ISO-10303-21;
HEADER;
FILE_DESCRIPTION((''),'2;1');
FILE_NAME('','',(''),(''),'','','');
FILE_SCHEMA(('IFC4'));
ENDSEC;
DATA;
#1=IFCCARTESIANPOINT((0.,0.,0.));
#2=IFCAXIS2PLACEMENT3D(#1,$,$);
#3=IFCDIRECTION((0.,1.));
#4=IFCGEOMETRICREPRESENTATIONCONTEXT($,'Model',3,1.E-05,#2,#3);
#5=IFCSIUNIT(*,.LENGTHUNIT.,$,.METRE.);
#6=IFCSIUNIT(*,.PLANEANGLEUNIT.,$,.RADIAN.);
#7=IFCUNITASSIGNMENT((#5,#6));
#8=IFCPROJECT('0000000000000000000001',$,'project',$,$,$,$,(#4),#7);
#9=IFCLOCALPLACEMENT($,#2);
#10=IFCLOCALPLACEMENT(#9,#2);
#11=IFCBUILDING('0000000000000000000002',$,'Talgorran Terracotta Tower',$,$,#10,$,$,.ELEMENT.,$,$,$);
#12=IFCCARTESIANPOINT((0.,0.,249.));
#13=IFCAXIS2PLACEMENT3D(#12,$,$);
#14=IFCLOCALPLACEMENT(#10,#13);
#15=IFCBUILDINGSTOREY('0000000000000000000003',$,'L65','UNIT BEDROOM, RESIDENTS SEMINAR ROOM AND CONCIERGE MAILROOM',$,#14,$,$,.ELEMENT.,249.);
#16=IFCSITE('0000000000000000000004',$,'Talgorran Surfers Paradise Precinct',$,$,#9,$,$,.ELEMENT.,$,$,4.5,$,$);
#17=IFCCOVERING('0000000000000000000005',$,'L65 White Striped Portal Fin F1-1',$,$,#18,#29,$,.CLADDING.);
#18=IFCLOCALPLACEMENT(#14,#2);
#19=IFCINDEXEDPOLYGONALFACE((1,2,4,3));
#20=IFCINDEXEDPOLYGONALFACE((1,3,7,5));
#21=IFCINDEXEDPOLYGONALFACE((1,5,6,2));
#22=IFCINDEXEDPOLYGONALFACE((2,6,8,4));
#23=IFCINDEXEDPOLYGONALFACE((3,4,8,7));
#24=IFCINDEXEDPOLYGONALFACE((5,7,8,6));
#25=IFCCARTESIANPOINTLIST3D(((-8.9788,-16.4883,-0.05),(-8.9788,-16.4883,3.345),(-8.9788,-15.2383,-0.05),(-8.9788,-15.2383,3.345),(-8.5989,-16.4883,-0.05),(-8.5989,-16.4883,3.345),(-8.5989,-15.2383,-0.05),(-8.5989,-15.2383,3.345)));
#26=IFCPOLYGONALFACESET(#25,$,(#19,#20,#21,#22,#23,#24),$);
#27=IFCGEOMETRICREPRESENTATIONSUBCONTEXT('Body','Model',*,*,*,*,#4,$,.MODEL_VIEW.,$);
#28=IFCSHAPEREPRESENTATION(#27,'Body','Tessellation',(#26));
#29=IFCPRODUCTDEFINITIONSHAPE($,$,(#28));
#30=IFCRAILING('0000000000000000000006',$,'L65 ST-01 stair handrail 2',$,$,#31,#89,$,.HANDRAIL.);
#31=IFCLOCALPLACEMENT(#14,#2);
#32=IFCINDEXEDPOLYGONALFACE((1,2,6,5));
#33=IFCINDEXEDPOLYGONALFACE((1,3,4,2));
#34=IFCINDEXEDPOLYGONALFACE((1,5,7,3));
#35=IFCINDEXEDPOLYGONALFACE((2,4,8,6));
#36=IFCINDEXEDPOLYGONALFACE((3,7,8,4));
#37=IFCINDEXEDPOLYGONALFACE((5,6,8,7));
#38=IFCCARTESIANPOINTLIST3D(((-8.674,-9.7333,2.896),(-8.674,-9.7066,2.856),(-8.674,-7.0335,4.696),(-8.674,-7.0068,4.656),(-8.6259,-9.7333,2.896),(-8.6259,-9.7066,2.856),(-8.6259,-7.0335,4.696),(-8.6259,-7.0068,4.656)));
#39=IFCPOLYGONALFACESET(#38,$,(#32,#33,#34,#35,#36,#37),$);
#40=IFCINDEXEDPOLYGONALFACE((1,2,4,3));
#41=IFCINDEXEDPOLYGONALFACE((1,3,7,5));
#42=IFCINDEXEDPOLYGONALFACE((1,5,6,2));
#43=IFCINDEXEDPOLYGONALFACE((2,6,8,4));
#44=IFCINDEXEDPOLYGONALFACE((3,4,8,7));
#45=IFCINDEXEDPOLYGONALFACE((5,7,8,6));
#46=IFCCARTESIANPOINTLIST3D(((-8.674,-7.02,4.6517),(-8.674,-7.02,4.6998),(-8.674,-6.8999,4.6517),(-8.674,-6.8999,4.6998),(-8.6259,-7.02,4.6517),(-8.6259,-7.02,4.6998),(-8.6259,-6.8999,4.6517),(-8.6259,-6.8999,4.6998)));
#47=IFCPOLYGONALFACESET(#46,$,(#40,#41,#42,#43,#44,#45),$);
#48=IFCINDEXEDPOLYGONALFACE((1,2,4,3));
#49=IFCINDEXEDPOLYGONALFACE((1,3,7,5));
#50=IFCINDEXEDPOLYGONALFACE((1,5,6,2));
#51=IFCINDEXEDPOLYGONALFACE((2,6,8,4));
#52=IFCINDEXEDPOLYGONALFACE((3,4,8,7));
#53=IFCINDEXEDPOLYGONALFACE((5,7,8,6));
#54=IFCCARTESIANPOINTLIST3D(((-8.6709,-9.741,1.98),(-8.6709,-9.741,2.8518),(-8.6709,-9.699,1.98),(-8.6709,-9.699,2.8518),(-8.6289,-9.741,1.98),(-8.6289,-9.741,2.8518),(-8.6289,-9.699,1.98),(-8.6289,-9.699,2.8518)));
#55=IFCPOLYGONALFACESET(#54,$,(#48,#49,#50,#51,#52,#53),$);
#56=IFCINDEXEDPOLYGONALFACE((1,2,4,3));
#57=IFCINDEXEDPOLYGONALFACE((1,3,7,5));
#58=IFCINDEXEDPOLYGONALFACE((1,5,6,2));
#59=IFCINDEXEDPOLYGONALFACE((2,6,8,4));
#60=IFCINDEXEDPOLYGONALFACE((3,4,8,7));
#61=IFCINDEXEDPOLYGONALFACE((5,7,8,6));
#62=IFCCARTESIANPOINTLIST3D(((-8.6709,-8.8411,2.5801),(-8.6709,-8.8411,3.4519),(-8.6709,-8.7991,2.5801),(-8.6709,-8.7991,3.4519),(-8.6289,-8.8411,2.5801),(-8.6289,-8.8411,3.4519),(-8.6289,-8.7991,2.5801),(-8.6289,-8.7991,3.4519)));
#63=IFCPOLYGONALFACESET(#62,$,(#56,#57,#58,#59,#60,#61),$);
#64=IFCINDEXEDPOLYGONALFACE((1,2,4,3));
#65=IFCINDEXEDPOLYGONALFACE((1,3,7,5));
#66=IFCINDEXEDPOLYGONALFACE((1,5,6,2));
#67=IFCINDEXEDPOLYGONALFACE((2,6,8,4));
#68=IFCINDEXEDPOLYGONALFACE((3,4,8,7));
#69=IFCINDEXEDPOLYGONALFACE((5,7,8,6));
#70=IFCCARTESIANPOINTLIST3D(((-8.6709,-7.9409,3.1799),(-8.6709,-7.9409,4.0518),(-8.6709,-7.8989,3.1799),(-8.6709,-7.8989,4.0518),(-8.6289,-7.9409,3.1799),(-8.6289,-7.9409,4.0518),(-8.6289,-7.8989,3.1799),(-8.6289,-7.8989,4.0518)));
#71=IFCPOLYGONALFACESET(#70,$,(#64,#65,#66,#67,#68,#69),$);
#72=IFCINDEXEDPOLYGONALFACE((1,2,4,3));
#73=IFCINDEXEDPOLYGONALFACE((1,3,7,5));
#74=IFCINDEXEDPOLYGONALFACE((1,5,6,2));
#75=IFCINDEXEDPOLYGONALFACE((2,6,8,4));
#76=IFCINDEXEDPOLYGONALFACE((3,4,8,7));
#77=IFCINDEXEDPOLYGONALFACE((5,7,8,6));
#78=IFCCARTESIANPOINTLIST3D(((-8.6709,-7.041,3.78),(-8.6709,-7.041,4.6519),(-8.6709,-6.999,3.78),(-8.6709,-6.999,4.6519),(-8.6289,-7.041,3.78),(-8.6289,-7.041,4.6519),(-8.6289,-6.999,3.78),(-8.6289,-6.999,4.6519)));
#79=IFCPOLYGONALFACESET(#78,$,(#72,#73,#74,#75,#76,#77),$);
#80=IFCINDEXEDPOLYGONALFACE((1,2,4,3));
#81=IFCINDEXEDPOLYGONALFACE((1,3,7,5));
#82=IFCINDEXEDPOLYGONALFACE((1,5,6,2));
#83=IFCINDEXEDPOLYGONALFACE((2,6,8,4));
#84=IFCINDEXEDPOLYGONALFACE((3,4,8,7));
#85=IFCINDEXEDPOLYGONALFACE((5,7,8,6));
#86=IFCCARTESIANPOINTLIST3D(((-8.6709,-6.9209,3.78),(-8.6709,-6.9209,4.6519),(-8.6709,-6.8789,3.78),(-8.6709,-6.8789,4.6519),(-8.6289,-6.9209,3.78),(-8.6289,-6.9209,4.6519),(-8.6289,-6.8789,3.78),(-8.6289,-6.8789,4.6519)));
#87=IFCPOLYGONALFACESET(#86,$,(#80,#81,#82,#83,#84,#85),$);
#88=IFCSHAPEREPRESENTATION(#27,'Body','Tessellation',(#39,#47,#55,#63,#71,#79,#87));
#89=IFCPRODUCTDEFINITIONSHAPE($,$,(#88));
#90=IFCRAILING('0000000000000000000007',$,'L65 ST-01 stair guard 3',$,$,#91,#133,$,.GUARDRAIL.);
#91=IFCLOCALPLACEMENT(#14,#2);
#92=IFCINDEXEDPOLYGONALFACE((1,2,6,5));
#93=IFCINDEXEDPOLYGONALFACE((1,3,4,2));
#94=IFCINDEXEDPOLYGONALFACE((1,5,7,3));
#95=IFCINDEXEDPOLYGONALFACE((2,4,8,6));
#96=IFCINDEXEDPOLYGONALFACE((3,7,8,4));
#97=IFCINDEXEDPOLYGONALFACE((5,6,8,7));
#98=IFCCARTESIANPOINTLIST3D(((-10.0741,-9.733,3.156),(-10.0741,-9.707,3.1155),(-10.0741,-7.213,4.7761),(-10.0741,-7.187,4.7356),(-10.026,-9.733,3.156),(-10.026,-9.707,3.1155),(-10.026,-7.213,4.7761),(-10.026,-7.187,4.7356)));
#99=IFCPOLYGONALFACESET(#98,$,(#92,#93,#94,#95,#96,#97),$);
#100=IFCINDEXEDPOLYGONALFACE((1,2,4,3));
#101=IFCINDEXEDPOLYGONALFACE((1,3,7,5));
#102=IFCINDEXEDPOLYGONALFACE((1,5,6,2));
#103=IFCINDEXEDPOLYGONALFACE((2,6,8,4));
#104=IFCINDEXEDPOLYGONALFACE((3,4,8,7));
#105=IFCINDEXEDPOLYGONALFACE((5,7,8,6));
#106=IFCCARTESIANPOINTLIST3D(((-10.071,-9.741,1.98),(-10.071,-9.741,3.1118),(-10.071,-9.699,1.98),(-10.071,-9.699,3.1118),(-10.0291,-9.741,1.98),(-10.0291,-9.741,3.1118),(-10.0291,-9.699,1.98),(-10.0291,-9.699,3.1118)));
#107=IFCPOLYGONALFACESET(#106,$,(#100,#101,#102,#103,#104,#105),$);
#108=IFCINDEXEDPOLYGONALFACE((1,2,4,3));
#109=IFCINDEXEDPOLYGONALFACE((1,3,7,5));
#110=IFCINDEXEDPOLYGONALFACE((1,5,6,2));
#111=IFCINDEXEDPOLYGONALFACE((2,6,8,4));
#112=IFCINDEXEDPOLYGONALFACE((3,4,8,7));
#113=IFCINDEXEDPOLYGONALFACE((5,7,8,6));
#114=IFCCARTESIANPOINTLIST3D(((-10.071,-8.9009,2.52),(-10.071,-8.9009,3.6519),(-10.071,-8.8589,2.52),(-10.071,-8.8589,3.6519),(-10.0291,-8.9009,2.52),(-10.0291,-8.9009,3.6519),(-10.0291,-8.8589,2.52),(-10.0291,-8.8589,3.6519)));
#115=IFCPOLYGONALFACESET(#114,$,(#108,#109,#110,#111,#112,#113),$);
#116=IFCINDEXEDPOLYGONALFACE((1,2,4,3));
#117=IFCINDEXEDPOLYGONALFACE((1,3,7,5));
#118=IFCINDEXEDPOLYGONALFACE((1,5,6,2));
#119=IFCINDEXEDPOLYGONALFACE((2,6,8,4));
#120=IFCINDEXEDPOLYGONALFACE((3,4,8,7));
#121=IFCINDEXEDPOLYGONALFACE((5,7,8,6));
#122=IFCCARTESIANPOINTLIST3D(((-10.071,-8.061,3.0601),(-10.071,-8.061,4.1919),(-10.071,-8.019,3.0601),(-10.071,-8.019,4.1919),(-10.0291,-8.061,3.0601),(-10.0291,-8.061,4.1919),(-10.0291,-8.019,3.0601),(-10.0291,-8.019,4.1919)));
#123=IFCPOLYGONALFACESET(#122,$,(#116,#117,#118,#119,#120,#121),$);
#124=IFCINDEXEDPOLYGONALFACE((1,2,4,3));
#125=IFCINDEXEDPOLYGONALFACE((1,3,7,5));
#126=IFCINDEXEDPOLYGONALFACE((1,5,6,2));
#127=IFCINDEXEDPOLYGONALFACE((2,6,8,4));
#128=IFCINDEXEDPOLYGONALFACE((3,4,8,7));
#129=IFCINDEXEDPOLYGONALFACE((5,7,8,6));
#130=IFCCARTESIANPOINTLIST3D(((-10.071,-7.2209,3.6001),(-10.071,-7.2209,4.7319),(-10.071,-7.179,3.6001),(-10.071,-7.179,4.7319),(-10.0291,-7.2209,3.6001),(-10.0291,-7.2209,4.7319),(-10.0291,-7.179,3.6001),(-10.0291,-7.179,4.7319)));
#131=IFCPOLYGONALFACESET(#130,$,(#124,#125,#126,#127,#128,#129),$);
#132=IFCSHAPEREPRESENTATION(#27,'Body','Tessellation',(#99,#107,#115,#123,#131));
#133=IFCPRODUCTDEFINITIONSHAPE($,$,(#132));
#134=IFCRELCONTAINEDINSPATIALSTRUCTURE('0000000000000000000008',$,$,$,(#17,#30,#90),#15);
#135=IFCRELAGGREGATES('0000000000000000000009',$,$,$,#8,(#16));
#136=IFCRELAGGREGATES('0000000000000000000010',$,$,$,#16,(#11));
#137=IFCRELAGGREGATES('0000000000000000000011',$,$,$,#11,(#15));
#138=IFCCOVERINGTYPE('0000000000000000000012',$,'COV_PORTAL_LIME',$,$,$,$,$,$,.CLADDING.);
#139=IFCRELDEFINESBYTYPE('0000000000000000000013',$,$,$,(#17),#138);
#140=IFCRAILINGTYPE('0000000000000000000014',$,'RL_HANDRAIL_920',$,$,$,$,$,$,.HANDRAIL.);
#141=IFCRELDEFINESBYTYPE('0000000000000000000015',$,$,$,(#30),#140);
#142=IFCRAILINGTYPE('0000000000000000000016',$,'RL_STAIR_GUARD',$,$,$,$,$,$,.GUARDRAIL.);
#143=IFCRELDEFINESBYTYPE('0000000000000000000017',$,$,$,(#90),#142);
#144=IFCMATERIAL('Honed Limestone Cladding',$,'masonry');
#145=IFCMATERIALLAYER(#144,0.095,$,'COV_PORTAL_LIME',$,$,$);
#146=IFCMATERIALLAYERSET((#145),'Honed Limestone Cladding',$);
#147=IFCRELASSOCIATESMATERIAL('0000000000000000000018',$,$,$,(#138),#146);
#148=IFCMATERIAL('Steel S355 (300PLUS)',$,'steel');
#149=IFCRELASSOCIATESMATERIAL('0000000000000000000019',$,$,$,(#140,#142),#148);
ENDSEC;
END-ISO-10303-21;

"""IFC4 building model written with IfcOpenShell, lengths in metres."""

from ifc_helpers import new_model, si_unit, direction, frame, origin, origin_2d, place, context, subcontext, project, spatial, rectangle, extrude, material, layer, layer_set, type_object, element, save


model = new_model("IFC4")

# Units and contexts
model_context = context("Model", 3, precision=1e-05, world=origin(), true_north=direction((0.0, 1.0)))
body_context = subcontext(model_context, "Body", "Model", "MODEL_VIEW")
ifc_project = project(units=[si_unit("LENGTHUNIT", "METRE"), si_unit("PLANEANGLEUNIT", "RADIAN")], contexts=[model_context])

# Site, building, storey
site_placement = place(None, origin())
site = spatial("IfcSite", under=ifc_project, at=site_placement, Name="Talgorran Surfers Paradise Precinct", CompositionType="ELEMENT", RefElevation=4.5)
building_placement = place(site_placement, origin())
building = spatial("IfcBuilding", under=site, at=building_placement, Name="Talgorran Terracotta Tower", CompositionType="ELEMENT")
storey_placement = place(building_placement, frame((0.0, 0.0, 249.0)))
storey = spatial("IfcBuildingStorey", under=building, at=storey_placement, Name="L65", Description="UNIT BEDROOM, RESIDENTS SEMINAR ROOM AND CONCIERGE MAILROOM", CompositionType="ELEMENT", Elevation=249.0)

# Shared definitions
ifc_material_1 = material(Name="Steel S355 (300PLUS)", Category="steel")

# Covering
ifc_material_2 = material(Name="Honed Limestone Cladding", Category="masonry")
ifc_layer_1 = layer(ifc_material_2, 0.095, Name="COV_PORTAL_LIME")
ifc_layer_set_1 = layer_set([ifc_layer_1], Name="Honed Limestone Cladding")
covering_type_1 = type_object("IfcCoveringType", Name="COV_PORTAL_LIME", PredefinedType="CLADDING", material=ifc_layer_set_1)
covering_1_placement = place(storey_placement, frame((-8.7888, -15.8633, -0.05), z_axis=(0.0, 0.0, 1.0), x_axis=(1.0, 0.0, 0.0)))
element("IfcCovering", 1, at=covering_1_placement, inside=storey, type_object=covering_type_1, Name="L65 White Striped Portal Fin F1-1", PredefinedType="CLADDING", context=body_context, shape_type="SweptSolid", body=[
    extrude(rectangle(XDim=0.3799, YDim=1.25, at=origin_2d()), origin(), (0.0, 0.0, 1.0), 3.395),
])

# Railings
railing_type_1 = type_object("IfcRailingType", Name="RL_HANDRAIL_920", PredefinedType="HANDRAIL", material=ifc_material_1)
railing_1_placement = place(storey_placement, frame((-8.6499, -9.72, 1.98)))
element("IfcRailing", 2, at=railing_1_placement, inside=storey, type_object=railing_type_1, Name="L65 ST-01 stair handrail 2", PredefinedType="HANDRAIL", context=body_context, shape_type="SweptSolid", body=[
    extrude(rectangle(XDim=0.0481, YDim=0.0481, at=origin_2d()), frame((0.0, 0.0, 0.896), z_axis=(0.0, 0.832039, 0.554718), x_axis=(-1.0, 0.0, 0.0)), (0.0, 0.0, 1.0), 3.2449),
    extrude(rectangle(XDim=0.0481, YDim=0.0481, at=origin_2d()), frame((0.0, 2.7, 2.6958), z_axis=(0.0, 1.0, 0.0), x_axis=(-1.0, 0.0, 0.0)), (0.0, 0.0, 1.0), 0.1201),
    extrude(rectangle(XDim=0.042, YDim=0.042, at=origin_2d()), origin(), (0.0, 0.0, 1.0), 0.8718),
    extrude(rectangle(XDim=0.042, YDim=0.042, at=origin_2d()), frame((0.0, 0.8999, 0.6001)), (0.0, 0.0, 1.0), 0.8718),
    extrude(rectangle(XDim=0.042, YDim=0.042, at=origin_2d()), frame((0.0, 1.8, 1.2)), (0.0, 0.0, 1.0), 0.8718),
    extrude(rectangle(XDim=0.042, YDim=0.042, at=origin_2d()), frame((0.0, 2.7, 1.8)), (0.0, 0.0, 1.0), 0.8718),
    extrude(rectangle(XDim=0.042, YDim=0.042, at=origin_2d()), frame((0.0, 2.8201, 1.8)), (0.0, 0.0, 1.0), 0.8718),
])
railing_type_2 = type_object("IfcRailingType", Name="RL_STAIR_GUARD", PredefinedType="GUARDRAIL", material=ifc_material_1)
railing_2_placement = place(storey_placement, frame((-10.05, -9.72, 1.98)))
element("IfcRailing", 3, at=railing_2_placement, inside=storey, type_object=railing_type_2, Name="L65 ST-01 stair guard 3", PredefinedType="GUARDRAIL", context=body_context, shape_type="SweptSolid", body=[
    extrude(rectangle(XDim=0.0481, YDim=0.0481, at=origin_2d()), frame((0.0, 0.0, 1.1558), z_axis=(0.0, 0.841163, 0.540782), x_axis=(-1.0, 0.0, 0.0)), (0.0, 0.0, 1.0), 2.9958),
    extrude(rectangle(XDim=0.042, YDim=0.042, at=origin_2d()), origin(), (0.0, 0.0, 1.0), 1.1318),
    extrude(rectangle(XDim=0.042, YDim=0.042, at=origin_2d()), frame((0.0, 0.8401, 0.54)), (0.0, 0.0, 1.0), 1.1318),
    extrude(rectangle(XDim=0.042, YDim=0.042, at=origin_2d()), frame((0.0, 1.6799, 1.0801)), (0.0, 0.0, 1.0), 1.1318),
    extrude(rectangle(XDim=0.042, YDim=0.042, at=origin_2d()), frame((0.0, 2.52, 1.6201)), (0.0, 0.0, 1.0), 1.1318),
])

save(model, "model.ifc")
